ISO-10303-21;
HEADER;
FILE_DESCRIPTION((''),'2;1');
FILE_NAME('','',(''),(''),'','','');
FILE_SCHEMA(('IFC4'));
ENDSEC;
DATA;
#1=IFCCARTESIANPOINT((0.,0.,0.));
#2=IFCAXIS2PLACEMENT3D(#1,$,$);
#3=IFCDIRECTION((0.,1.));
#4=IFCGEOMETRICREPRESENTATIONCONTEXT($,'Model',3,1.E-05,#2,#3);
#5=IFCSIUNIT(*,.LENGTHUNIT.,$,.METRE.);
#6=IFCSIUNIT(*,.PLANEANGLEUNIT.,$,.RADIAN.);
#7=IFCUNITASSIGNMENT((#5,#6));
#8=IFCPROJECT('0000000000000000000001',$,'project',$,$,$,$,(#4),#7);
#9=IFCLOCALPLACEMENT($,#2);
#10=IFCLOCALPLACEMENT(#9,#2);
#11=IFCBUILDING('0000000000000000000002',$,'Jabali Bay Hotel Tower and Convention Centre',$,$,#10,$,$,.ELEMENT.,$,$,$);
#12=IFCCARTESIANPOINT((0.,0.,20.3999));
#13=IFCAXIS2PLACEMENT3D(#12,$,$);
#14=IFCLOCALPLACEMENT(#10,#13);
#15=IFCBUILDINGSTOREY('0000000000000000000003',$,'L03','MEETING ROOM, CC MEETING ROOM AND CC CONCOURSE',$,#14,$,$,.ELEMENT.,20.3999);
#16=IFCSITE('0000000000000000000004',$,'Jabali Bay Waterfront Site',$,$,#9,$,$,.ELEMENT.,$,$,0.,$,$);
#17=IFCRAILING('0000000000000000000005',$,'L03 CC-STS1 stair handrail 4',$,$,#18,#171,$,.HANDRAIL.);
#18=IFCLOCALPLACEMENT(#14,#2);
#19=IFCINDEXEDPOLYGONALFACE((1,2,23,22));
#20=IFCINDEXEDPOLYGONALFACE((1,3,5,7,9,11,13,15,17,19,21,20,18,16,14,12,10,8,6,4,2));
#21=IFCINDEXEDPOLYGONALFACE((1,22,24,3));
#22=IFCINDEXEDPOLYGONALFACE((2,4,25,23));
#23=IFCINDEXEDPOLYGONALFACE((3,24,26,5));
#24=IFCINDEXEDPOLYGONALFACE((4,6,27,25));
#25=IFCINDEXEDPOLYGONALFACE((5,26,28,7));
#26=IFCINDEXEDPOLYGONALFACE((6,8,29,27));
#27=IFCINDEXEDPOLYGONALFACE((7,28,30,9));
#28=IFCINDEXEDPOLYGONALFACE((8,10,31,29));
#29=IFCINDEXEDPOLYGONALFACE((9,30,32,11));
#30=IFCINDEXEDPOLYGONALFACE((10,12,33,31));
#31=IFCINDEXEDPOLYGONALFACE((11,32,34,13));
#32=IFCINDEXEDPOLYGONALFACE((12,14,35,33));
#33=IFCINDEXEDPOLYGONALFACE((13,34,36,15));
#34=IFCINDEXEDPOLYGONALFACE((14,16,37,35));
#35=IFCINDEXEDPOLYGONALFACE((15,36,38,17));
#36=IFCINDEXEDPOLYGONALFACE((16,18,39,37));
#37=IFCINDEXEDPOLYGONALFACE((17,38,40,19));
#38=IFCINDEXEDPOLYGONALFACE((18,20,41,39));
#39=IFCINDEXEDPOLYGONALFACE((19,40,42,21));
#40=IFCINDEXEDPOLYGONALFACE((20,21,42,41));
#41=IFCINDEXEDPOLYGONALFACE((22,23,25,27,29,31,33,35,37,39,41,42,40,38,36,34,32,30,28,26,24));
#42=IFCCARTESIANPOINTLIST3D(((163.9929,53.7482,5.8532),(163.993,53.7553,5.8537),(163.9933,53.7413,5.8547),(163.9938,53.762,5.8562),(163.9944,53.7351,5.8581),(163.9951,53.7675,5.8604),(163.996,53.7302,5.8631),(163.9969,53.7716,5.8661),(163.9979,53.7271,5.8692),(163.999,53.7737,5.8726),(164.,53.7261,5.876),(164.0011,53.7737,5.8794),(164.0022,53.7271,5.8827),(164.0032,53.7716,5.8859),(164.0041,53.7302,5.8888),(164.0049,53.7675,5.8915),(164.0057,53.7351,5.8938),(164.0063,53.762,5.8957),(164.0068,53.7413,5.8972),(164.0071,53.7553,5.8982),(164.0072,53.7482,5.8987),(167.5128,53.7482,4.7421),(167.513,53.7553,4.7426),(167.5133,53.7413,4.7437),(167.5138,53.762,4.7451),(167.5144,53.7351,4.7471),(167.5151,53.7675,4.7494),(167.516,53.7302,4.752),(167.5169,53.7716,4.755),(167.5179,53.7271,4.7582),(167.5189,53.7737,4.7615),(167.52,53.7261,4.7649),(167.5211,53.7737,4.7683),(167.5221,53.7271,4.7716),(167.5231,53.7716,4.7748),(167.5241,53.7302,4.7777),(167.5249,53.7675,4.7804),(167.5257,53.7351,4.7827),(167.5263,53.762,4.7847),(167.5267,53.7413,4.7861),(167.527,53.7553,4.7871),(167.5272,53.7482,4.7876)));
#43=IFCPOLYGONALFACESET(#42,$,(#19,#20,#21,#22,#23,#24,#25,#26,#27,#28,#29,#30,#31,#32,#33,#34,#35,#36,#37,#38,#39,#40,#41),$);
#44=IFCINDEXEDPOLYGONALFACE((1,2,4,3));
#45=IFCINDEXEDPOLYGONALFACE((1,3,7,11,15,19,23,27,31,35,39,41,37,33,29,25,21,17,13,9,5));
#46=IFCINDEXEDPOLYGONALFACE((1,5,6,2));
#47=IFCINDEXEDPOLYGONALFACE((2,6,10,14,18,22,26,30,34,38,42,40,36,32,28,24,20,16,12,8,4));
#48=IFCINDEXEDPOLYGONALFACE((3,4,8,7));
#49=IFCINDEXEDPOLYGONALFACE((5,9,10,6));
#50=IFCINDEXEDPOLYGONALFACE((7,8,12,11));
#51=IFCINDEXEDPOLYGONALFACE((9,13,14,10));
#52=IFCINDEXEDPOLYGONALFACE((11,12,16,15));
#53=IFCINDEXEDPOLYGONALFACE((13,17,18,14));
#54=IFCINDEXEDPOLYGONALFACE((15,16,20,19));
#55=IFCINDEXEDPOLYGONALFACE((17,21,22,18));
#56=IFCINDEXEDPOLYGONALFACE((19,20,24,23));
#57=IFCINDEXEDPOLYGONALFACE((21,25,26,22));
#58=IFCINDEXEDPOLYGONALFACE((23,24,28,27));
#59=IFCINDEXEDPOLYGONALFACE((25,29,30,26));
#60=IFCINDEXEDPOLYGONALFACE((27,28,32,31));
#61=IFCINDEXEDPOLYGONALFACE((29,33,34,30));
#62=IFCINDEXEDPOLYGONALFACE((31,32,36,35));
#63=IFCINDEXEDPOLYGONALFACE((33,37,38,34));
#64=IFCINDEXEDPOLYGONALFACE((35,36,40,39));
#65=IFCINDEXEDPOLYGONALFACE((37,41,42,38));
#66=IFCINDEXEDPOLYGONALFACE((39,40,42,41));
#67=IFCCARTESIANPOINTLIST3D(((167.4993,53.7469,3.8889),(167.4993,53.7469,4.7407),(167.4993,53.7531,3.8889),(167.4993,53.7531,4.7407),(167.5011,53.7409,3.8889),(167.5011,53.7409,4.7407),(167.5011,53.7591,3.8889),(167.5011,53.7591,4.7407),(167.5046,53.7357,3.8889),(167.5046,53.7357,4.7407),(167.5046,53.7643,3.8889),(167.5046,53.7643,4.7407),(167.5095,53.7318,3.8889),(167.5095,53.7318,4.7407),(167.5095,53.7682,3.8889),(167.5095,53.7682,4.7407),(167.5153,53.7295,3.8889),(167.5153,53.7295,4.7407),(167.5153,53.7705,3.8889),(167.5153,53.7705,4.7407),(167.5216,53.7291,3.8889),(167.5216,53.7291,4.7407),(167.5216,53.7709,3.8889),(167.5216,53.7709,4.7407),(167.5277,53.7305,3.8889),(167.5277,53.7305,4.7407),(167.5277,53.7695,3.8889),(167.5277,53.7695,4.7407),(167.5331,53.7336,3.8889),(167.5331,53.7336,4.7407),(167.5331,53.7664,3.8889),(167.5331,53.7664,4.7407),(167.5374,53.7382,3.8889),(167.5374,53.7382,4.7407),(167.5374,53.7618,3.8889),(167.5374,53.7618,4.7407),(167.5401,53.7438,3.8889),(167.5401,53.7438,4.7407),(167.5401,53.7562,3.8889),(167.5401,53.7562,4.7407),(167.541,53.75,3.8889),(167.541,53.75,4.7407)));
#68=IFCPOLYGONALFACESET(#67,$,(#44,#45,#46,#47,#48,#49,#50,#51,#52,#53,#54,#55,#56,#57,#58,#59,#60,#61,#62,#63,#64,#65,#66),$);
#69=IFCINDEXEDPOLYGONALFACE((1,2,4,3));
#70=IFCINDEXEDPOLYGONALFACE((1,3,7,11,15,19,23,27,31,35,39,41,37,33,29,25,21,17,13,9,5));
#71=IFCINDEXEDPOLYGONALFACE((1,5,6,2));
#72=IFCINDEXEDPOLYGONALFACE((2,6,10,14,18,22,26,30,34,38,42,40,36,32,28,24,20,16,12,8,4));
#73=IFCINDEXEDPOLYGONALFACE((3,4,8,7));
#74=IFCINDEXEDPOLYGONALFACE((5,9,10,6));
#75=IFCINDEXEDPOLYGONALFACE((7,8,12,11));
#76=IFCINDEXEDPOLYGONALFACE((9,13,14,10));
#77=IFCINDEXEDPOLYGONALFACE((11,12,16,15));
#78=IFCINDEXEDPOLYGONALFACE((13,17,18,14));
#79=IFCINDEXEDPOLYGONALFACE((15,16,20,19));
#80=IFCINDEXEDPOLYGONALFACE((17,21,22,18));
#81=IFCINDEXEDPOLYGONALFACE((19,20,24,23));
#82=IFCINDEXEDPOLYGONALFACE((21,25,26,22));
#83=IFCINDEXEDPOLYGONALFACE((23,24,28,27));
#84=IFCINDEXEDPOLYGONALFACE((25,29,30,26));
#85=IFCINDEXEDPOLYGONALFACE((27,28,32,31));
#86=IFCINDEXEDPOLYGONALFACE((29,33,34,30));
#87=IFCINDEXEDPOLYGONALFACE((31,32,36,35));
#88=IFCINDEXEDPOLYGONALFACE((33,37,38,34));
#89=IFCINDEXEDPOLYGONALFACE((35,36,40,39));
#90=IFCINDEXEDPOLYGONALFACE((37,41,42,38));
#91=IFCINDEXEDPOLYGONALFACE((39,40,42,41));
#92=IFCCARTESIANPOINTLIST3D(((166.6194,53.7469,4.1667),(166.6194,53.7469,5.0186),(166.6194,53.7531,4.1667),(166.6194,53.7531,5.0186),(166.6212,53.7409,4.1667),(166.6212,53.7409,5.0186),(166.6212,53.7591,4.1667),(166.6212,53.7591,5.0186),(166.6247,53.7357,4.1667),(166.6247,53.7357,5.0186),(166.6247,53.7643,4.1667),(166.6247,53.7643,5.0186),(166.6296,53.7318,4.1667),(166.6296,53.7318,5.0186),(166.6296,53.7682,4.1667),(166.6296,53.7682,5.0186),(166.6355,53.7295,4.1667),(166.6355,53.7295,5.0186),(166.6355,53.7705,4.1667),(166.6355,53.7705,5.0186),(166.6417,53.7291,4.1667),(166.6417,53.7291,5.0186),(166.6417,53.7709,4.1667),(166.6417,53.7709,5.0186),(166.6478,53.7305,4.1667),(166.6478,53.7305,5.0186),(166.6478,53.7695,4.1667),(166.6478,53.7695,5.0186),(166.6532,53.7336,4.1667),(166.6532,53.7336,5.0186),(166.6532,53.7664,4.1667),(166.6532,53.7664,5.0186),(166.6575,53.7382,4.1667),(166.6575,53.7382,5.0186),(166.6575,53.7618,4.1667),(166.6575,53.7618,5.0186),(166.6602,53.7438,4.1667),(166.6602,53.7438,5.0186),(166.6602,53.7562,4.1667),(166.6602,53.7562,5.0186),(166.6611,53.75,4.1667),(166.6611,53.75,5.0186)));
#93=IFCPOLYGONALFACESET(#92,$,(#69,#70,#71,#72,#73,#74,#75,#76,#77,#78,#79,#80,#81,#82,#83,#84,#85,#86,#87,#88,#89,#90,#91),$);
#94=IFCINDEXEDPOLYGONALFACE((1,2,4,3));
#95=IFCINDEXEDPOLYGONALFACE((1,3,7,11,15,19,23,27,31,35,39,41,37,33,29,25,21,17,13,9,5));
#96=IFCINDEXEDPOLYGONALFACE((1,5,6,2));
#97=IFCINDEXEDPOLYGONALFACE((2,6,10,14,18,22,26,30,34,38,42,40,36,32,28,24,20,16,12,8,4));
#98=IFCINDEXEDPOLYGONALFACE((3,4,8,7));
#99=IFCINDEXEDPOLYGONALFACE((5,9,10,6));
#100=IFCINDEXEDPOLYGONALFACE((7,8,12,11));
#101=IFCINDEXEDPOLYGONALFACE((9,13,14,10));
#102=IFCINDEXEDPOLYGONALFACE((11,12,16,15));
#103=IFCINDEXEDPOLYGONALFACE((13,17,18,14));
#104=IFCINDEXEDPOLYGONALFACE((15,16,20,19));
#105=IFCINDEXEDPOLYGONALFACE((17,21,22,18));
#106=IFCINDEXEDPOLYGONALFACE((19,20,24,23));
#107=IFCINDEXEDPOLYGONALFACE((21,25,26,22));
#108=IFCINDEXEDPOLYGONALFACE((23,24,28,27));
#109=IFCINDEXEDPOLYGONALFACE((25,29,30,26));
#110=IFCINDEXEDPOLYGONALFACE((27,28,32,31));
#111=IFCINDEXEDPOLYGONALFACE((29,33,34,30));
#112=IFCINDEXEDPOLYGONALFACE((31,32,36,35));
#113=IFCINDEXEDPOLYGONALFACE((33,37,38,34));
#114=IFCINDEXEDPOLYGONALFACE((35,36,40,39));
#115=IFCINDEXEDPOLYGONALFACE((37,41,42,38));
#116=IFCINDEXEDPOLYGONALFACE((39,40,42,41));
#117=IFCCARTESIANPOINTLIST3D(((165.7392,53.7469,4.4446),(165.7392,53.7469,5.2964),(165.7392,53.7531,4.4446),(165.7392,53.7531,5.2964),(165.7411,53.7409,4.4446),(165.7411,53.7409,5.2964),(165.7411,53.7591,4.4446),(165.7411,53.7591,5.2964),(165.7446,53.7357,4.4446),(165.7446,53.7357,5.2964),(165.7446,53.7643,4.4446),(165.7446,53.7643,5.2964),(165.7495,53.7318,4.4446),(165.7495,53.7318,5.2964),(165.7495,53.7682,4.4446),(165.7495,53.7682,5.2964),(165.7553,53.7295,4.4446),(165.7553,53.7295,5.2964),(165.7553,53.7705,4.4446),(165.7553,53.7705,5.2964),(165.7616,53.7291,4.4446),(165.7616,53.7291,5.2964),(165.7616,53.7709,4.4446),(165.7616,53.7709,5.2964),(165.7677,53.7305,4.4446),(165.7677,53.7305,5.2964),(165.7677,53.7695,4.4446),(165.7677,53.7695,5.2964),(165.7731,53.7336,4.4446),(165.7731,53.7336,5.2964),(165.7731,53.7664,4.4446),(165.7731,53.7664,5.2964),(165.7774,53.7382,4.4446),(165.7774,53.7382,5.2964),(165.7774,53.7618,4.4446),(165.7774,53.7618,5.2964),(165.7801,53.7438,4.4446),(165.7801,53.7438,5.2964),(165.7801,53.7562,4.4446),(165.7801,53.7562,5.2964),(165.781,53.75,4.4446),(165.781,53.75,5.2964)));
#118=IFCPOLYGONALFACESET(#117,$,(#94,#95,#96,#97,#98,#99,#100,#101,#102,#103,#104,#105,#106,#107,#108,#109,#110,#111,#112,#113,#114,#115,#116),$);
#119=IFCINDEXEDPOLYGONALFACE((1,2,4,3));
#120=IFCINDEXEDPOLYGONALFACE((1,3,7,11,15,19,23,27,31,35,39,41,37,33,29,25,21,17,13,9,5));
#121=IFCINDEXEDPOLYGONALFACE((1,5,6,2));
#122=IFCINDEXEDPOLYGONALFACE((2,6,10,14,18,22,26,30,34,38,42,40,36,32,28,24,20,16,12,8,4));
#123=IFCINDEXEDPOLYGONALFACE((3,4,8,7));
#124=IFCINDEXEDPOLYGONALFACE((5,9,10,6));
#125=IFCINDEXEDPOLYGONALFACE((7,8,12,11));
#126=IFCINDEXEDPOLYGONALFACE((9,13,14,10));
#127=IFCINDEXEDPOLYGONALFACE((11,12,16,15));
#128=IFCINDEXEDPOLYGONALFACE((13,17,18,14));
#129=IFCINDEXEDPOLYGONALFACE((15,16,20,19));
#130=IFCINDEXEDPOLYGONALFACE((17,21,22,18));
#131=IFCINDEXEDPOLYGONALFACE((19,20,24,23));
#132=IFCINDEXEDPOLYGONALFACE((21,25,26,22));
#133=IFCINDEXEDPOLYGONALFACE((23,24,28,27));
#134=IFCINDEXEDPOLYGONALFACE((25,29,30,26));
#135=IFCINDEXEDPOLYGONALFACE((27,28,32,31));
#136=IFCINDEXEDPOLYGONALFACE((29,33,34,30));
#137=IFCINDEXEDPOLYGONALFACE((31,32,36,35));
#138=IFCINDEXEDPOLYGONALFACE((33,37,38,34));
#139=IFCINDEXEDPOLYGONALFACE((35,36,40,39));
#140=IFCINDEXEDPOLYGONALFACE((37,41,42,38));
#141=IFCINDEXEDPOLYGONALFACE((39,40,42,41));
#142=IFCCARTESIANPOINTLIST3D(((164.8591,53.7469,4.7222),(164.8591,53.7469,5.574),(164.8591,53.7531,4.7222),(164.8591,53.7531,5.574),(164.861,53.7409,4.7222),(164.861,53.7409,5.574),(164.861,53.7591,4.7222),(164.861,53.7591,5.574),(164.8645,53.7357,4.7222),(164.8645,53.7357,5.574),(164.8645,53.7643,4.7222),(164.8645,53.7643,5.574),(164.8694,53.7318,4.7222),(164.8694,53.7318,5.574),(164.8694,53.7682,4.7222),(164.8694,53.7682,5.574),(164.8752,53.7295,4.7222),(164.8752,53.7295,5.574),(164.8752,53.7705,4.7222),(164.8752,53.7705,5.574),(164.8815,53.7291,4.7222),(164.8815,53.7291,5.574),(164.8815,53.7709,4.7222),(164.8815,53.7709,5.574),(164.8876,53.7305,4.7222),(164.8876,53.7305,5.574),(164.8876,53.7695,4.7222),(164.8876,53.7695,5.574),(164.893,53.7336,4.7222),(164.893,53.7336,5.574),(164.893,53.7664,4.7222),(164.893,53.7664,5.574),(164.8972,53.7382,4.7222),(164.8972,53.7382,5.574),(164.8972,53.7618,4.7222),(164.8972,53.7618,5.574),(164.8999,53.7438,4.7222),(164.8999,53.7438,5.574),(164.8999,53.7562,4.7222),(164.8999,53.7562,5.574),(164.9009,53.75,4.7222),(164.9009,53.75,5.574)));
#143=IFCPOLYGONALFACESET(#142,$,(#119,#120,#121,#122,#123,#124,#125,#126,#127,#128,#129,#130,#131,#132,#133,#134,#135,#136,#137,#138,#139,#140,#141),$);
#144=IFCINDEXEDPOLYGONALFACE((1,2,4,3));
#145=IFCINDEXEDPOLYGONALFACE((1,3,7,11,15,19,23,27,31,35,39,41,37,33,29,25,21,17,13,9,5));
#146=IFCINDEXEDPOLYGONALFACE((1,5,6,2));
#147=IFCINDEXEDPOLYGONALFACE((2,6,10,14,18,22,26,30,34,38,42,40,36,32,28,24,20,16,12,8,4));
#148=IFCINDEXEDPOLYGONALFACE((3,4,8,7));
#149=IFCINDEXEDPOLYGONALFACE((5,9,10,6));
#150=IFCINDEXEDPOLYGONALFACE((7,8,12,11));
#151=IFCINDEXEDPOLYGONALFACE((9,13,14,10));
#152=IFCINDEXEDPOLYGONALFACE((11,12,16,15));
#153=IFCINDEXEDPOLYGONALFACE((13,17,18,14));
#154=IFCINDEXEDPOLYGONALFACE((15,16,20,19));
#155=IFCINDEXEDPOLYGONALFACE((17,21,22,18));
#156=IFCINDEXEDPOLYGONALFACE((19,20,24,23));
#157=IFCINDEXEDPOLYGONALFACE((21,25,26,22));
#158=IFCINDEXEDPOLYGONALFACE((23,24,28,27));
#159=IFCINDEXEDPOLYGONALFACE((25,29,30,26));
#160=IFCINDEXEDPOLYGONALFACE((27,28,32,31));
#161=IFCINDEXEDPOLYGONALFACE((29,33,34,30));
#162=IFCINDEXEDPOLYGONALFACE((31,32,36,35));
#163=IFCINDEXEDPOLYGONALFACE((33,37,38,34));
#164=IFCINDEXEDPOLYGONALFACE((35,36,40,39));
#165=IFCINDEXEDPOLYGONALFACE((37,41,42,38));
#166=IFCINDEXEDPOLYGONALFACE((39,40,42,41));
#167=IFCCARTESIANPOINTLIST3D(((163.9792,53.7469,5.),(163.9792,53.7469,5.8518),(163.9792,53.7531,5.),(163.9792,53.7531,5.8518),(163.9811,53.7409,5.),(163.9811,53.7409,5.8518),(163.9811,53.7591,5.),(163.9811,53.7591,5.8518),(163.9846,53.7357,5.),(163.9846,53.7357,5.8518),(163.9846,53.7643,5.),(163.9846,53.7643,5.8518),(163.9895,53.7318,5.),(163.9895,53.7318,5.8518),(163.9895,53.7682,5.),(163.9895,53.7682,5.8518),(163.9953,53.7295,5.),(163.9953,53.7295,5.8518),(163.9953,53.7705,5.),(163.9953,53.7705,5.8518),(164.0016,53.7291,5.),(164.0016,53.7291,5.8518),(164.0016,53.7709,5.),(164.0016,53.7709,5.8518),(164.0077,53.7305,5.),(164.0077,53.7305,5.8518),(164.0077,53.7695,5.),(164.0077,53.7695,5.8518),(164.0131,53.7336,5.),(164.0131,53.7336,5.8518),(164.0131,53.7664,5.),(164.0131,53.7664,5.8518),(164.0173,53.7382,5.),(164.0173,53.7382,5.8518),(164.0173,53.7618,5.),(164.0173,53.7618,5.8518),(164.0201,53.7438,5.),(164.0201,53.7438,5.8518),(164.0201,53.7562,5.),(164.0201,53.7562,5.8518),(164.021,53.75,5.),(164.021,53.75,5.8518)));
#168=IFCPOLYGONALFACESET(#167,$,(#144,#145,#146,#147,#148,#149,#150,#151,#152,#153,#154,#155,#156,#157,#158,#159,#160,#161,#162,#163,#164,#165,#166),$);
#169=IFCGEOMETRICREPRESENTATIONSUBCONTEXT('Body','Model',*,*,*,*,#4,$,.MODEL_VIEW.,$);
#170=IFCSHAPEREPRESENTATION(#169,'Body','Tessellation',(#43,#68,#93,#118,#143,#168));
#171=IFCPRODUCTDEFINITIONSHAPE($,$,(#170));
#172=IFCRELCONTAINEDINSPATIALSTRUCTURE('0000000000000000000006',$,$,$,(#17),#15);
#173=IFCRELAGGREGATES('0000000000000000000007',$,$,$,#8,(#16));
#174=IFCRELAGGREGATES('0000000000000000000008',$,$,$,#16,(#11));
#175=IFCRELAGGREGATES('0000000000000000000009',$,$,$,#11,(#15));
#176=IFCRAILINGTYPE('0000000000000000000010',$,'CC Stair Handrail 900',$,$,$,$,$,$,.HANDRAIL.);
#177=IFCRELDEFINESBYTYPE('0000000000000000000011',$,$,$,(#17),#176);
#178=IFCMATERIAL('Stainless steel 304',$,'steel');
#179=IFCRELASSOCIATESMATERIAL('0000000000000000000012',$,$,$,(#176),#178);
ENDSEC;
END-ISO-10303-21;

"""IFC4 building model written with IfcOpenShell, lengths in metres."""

from ifc_helpers import new_model, si_unit, direction, frame, origin, origin_2d, place, context, subcontext, project, spatial, circle, extrude, material, type_object, element, save


model = new_model("IFC4")

# Units and contexts
model_context = context("Model", 3, precision=1e-05, world=origin(), true_north=direction((0.0, 1.0)))
body_context = subcontext(model_context, "Body", "Model", "MODEL_VIEW")
ifc_project = project(units=[si_unit("LENGTHUNIT", "METRE"), si_unit("PLANEANGLEUNIT", "RADIAN")], contexts=[model_context])

# Site, building, storey
site_placement = place(None, origin())
site = spatial("IfcSite", under=ifc_project, at=site_placement, Name="Jabali Bay Waterfront Site", CompositionType="ELEMENT", RefElevation=0.0)
building_placement = place(site_placement, origin())
building = spatial("IfcBuilding", under=site, at=building_placement, Name="Jabali Bay Hotel Tower and Convention Centre", CompositionType="ELEMENT")
storey_placement = place(building_placement, frame((0.0, 0.0, 20.3999)))
storey = spatial("IfcBuildingStorey", under=building, at=storey_placement, Name="L03", Description="MEETING ROOM, CC MEETING ROOM AND CC CONCOURSE", CompositionType="ELEMENT", Elevation=20.3999)

# Railing
ifc_material_1 = material(Name="Stainless steel 304", Category="steel")
railing_type_1 = type_object("IfcRailingType", Name="CC Stair Handrail 900", PredefinedType="HANDRAIL", material=ifc_material_1)
for number, where, name in (
    (1, (167.52, 53.75, 3.8889), "L03 CC-STS1 stair handrail 4"),
):
    element("IfcRailing", number, at=place(storey_placement, frame(where)), inside=storey, type_object=railing_type_1, Name=name, PredefinedType="HANDRAIL", context=body_context, shape_type="SweptSolid", body=[
        extrude(circle(Radius=0.0239, at=origin_2d()), frame((0.0, 0.0, 0.876), z_axis=(-0.953622, 0.0, 0.301008), x_axis=(0.0, -1.0, 0.0)), (0.0, 0.0, 1.0), 3.6912),
        extrude(circle(Radius=0.021, at=origin_2d()), origin(), (0.0, 0.0, 1.0), 0.8518),
        extrude(circle(Radius=0.021, at=origin_2d()), frame((-0.8799, 0.0, 0.2778)), (0.0, 0.0, 1.0), 0.8518),
        extrude(circle(Radius=0.021, at=origin_2d()), frame((-1.76, 0.0, 0.5557)), (0.0, 0.0, 1.0), 0.8518),
        extrude(circle(Radius=0.021, at=origin_2d()), frame((-2.6401, 0.0, 0.8333)), (0.0, 0.0, 1.0), 0.8518),
        extrude(circle(Radius=0.021, at=origin_2d()), frame((-3.52, 0.0, 1.1111)), (0.0, 0.0, 1.0), 0.8518),
    ])

save(model, "model.ifc")
